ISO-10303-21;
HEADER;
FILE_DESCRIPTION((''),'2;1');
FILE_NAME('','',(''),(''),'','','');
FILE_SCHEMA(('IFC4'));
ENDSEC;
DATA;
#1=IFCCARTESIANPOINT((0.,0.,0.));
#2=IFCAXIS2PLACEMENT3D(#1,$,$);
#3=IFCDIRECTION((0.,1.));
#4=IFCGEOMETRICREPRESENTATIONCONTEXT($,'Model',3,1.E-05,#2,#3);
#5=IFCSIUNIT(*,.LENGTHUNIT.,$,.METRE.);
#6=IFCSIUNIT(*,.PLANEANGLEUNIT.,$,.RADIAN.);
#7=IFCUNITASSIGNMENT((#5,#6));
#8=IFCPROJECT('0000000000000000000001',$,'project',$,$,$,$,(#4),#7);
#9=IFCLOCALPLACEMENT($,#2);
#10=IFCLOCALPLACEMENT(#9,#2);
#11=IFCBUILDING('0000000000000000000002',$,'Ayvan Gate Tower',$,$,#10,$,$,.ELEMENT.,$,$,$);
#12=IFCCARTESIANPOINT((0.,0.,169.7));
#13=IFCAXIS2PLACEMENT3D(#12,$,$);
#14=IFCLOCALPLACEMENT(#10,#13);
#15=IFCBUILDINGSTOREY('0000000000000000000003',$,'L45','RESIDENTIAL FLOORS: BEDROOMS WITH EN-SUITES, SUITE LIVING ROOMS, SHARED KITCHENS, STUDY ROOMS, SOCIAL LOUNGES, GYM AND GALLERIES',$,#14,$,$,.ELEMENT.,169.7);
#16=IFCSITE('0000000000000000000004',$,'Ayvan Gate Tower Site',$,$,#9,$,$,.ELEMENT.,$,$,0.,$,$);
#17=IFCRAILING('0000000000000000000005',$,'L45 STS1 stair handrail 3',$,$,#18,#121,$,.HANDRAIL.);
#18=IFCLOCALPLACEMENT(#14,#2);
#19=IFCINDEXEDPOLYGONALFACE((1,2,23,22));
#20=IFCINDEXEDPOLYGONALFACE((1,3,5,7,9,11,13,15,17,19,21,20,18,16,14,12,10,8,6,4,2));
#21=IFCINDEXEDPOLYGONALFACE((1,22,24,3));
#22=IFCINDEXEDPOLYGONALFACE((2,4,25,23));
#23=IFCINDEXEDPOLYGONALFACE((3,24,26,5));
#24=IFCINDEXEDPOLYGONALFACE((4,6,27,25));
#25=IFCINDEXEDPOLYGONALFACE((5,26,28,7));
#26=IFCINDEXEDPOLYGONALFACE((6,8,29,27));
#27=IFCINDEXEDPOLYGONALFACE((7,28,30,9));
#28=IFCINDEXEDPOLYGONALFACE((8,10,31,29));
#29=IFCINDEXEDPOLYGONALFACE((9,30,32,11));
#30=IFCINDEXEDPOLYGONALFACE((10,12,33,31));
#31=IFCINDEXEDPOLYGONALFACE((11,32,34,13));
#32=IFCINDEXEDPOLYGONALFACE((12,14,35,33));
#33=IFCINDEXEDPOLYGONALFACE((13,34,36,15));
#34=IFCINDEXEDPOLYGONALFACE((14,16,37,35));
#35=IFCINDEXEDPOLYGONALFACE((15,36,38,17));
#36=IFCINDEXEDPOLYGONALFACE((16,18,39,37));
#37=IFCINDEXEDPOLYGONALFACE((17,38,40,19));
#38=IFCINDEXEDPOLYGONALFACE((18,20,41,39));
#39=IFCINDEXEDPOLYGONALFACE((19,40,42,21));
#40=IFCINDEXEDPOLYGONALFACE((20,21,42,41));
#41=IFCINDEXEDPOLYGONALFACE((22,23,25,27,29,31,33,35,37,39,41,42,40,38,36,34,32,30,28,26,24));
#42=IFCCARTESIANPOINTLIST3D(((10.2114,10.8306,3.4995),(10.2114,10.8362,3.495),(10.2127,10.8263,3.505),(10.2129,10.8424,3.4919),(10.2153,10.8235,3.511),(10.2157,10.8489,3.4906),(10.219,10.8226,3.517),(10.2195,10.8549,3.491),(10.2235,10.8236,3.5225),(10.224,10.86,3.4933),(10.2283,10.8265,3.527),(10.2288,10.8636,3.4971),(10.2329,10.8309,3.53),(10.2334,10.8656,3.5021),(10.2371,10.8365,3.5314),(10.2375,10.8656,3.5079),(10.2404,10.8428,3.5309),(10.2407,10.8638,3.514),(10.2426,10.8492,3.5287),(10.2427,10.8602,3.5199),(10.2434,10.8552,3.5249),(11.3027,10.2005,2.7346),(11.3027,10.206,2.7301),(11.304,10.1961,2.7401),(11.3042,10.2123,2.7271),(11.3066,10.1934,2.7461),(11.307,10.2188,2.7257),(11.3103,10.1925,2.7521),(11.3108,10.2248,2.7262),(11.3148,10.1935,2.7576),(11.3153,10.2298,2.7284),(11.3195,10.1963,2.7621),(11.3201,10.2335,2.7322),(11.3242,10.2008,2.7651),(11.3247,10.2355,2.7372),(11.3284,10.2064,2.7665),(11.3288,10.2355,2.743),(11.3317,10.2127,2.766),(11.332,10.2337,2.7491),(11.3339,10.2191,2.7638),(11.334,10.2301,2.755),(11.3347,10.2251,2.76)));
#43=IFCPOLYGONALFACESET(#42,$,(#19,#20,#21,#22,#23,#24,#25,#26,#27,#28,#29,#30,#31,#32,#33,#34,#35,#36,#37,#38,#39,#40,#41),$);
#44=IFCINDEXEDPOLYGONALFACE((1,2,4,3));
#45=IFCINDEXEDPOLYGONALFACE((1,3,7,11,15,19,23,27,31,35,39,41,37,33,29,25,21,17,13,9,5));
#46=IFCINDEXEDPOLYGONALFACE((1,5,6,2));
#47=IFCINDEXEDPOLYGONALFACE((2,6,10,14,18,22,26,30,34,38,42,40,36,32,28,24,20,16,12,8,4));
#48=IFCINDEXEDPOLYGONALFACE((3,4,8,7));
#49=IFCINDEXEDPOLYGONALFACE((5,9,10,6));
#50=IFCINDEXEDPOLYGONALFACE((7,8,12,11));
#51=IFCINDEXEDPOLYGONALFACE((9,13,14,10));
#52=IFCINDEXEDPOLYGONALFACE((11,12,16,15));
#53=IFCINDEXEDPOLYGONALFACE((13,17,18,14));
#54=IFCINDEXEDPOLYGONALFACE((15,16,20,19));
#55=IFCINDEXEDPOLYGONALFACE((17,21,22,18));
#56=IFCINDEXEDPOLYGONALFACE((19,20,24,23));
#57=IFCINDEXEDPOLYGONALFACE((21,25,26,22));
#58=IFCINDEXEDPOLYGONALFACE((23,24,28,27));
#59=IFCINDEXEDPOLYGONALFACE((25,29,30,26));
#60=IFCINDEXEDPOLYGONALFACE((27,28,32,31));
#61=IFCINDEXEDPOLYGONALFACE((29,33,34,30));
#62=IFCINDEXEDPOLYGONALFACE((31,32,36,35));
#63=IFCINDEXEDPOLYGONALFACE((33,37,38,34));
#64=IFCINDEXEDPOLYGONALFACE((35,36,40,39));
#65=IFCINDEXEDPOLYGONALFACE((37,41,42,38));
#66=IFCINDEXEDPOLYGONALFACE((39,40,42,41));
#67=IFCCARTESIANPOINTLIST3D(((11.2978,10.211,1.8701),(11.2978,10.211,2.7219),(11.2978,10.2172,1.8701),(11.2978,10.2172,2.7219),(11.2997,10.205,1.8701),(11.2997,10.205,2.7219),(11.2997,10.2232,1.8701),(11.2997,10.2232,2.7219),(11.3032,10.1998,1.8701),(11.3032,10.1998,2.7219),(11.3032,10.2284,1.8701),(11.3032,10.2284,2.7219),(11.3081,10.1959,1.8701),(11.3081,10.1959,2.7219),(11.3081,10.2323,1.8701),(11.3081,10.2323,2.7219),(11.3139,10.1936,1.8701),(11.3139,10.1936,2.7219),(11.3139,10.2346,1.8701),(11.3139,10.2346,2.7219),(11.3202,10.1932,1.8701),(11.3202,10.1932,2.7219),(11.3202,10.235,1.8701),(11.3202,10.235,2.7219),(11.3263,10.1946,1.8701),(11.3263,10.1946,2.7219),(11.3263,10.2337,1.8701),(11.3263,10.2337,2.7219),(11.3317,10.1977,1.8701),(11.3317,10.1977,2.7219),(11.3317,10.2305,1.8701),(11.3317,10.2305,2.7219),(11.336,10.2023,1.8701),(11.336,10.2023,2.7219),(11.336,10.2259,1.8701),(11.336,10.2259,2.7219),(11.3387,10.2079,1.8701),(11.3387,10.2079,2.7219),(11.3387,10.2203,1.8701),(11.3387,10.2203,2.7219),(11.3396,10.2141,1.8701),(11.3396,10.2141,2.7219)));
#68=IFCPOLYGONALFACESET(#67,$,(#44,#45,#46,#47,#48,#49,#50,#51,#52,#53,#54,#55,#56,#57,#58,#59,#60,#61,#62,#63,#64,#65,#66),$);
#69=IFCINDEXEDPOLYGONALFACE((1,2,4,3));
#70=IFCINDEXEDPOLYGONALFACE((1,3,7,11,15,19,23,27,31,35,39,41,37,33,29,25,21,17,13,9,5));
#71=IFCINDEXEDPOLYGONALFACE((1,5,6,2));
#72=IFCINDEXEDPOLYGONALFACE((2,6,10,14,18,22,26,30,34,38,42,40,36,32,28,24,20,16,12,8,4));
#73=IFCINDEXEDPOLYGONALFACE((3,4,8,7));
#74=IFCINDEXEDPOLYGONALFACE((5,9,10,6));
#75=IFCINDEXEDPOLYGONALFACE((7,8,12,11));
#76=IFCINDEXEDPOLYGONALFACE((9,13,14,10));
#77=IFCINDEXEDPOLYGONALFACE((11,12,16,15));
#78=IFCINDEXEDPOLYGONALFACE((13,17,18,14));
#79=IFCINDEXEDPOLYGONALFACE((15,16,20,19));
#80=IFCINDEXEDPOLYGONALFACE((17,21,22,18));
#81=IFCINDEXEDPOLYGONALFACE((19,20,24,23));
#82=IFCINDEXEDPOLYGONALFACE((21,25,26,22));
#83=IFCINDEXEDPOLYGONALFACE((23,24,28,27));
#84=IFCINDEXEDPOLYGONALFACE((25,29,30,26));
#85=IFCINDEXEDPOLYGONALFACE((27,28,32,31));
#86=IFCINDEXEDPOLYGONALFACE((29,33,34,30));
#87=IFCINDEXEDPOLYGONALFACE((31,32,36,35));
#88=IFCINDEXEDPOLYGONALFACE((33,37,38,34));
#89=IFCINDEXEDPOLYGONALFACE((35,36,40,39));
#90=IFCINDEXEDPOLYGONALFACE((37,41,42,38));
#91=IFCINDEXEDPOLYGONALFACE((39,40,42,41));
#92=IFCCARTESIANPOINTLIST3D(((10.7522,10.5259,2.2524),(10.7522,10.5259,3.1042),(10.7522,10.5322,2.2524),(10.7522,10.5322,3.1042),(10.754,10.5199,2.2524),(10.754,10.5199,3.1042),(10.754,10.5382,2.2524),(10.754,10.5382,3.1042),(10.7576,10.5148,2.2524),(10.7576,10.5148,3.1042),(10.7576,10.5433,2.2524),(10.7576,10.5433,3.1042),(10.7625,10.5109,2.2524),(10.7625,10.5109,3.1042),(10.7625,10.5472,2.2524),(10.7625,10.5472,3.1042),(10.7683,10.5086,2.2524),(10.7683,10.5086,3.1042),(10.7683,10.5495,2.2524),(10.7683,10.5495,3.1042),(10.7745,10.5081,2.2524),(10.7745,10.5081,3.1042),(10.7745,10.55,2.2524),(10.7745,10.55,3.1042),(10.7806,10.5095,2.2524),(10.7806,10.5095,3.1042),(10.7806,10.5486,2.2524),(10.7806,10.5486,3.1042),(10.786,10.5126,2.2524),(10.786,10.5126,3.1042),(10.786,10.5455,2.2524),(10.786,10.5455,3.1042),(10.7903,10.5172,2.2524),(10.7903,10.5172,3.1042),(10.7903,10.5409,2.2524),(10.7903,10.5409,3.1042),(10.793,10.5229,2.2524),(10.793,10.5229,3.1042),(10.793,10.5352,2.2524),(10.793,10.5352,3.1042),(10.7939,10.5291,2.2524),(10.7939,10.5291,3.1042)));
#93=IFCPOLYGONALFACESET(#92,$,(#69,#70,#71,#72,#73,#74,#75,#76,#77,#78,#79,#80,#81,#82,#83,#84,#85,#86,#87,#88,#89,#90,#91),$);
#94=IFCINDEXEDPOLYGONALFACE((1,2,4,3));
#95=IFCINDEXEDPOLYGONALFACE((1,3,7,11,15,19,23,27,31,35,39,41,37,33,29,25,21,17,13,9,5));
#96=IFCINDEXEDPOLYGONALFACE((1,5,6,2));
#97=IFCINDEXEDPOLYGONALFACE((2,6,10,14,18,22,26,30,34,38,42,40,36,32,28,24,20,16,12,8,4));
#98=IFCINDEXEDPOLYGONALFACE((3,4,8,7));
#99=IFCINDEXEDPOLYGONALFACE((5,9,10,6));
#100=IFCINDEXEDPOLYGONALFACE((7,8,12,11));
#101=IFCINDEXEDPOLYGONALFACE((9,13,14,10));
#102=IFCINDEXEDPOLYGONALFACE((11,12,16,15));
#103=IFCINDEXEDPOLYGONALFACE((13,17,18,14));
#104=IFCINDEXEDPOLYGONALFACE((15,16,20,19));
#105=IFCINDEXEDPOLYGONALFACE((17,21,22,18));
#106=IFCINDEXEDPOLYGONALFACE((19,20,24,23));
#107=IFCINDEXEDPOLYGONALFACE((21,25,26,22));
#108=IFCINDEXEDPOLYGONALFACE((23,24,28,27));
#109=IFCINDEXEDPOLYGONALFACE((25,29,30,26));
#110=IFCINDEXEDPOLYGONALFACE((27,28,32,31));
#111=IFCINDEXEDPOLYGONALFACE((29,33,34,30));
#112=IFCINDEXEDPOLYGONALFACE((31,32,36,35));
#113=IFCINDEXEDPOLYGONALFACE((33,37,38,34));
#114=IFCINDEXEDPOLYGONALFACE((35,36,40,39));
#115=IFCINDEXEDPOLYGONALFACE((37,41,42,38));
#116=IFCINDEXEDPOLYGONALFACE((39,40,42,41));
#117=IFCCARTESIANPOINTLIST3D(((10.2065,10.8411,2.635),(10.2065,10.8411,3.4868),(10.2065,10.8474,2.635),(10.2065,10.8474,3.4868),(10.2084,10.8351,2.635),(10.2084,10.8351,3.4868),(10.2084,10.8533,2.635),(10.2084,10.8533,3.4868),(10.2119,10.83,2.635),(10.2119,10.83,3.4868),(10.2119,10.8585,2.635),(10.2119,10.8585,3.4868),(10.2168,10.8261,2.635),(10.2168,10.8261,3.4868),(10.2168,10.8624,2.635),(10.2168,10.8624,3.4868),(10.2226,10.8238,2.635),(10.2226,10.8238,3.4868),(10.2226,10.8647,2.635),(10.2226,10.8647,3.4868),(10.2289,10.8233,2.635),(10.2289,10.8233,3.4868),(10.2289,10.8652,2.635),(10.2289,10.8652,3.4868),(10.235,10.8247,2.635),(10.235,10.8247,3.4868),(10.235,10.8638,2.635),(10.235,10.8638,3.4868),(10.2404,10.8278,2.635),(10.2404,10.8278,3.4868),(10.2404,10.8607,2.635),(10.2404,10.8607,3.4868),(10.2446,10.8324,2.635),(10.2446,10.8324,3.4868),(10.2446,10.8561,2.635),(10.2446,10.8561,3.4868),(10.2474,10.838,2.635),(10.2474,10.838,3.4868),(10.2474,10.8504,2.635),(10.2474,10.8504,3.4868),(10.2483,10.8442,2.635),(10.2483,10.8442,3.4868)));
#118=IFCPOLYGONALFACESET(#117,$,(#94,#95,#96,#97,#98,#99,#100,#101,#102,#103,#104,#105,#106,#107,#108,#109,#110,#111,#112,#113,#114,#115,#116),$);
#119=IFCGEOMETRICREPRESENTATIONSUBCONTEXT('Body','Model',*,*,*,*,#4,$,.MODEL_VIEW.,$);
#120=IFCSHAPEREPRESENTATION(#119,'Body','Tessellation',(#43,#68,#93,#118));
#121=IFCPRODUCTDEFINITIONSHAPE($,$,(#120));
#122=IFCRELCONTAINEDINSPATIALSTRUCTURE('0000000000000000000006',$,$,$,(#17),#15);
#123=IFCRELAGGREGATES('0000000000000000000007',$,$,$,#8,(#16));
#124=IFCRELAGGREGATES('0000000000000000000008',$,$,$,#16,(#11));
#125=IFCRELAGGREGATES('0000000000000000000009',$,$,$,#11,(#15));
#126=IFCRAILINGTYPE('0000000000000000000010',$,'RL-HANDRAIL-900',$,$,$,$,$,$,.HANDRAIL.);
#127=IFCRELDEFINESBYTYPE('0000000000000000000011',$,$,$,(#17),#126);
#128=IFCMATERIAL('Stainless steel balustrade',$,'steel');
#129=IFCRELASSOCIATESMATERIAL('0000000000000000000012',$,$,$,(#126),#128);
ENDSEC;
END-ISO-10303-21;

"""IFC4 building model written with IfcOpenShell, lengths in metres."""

from ifc_helpers import new_model, si_unit, direction, frame, origin, origin_2d, place, context, subcontext, project, spatial, circle, extrude, material, type_object, element, save


model = new_model("IFC4")

# Units and contexts
model_context = context("Model", 3, precision=1e-05, world=origin(), true_north=direction((0.0, 1.0)))
body_context = subcontext(model_context, "Body", "Model", "MODEL_VIEW")
ifc_project = project(units=[si_unit("LENGTHUNIT", "METRE"), si_unit("PLANEANGLEUNIT", "RADIAN")], contexts=[model_context])

# Site, building, storey
site_placement = place(None, origin())
site = spatial("IfcSite", under=ifc_project, at=site_placement, Name="Ayvan Gate Tower Site", CompositionType="ELEMENT", RefElevation=0.0)
building_placement = place(site_placement, origin())
building = spatial("IfcBuilding", under=site, at=building_placement, Name="Ayvan Gate Tower", CompositionType="ELEMENT")
storey_placement = place(building_placement, frame((0.0, 0.0, 169.7)))
storey = spatial("IfcBuildingStorey", under=building, at=storey_placement, Name="L45", Description="RESIDENTIAL FLOORS: BEDROOMS WITH EN-SUITES, SUITE LIVING ROOMS, SHARED KITCHENS, STUDY ROOMS, SOCIAL LOUNGES, GYM AND GALLERIES", CompositionType="ELEMENT", Elevation=169.7)

# Railing
ifc_material_1 = material(Name="Stainless steel balustrade", Category="steel")
railing_type_1 = type_object("IfcRailingType", Name="RL-HANDRAIL-900", PredefinedType="HANDRAIL", material=ifc_material_1)
railing_1_placement = place(storey_placement, frame((11.3186, 10.2141, 1.8701)))
element("IfcRailing", 1, at=railing_1_placement, inside=storey, type_object=railing_type_1, Name="L45 STS1 stair handrail 3", PredefinedType="HANDRAIL", context=body_context, shape_type="SweptSolid", body=[
    extrude(circle(Radius=0.0239, at=origin_2d()), frame((0.0, 0.0, 0.876), z_axis=(-0.740304, 0.427455, 0.518875), x_axis=(-0.500035, -0.866005, 0.0)), (0.0, 0.0, 1.0), 1.4741),
    extrude(circle(Radius=0.021, at=origin_2d()), origin(), (0.0, 0.0, 1.0), 0.8518),
    extrude(circle(Radius=0.021, at=origin_2d()), frame((-0.5457, 0.3149, 0.3823)), (0.0, 0.0, 1.0), 0.8518),
    extrude(circle(Radius=0.021, at=origin_2d()), frame((-1.0913, 0.6301, 0.7649)), (0.0, 0.0, 1.0), 0.8518),
])

save(model, "model.ifc")
